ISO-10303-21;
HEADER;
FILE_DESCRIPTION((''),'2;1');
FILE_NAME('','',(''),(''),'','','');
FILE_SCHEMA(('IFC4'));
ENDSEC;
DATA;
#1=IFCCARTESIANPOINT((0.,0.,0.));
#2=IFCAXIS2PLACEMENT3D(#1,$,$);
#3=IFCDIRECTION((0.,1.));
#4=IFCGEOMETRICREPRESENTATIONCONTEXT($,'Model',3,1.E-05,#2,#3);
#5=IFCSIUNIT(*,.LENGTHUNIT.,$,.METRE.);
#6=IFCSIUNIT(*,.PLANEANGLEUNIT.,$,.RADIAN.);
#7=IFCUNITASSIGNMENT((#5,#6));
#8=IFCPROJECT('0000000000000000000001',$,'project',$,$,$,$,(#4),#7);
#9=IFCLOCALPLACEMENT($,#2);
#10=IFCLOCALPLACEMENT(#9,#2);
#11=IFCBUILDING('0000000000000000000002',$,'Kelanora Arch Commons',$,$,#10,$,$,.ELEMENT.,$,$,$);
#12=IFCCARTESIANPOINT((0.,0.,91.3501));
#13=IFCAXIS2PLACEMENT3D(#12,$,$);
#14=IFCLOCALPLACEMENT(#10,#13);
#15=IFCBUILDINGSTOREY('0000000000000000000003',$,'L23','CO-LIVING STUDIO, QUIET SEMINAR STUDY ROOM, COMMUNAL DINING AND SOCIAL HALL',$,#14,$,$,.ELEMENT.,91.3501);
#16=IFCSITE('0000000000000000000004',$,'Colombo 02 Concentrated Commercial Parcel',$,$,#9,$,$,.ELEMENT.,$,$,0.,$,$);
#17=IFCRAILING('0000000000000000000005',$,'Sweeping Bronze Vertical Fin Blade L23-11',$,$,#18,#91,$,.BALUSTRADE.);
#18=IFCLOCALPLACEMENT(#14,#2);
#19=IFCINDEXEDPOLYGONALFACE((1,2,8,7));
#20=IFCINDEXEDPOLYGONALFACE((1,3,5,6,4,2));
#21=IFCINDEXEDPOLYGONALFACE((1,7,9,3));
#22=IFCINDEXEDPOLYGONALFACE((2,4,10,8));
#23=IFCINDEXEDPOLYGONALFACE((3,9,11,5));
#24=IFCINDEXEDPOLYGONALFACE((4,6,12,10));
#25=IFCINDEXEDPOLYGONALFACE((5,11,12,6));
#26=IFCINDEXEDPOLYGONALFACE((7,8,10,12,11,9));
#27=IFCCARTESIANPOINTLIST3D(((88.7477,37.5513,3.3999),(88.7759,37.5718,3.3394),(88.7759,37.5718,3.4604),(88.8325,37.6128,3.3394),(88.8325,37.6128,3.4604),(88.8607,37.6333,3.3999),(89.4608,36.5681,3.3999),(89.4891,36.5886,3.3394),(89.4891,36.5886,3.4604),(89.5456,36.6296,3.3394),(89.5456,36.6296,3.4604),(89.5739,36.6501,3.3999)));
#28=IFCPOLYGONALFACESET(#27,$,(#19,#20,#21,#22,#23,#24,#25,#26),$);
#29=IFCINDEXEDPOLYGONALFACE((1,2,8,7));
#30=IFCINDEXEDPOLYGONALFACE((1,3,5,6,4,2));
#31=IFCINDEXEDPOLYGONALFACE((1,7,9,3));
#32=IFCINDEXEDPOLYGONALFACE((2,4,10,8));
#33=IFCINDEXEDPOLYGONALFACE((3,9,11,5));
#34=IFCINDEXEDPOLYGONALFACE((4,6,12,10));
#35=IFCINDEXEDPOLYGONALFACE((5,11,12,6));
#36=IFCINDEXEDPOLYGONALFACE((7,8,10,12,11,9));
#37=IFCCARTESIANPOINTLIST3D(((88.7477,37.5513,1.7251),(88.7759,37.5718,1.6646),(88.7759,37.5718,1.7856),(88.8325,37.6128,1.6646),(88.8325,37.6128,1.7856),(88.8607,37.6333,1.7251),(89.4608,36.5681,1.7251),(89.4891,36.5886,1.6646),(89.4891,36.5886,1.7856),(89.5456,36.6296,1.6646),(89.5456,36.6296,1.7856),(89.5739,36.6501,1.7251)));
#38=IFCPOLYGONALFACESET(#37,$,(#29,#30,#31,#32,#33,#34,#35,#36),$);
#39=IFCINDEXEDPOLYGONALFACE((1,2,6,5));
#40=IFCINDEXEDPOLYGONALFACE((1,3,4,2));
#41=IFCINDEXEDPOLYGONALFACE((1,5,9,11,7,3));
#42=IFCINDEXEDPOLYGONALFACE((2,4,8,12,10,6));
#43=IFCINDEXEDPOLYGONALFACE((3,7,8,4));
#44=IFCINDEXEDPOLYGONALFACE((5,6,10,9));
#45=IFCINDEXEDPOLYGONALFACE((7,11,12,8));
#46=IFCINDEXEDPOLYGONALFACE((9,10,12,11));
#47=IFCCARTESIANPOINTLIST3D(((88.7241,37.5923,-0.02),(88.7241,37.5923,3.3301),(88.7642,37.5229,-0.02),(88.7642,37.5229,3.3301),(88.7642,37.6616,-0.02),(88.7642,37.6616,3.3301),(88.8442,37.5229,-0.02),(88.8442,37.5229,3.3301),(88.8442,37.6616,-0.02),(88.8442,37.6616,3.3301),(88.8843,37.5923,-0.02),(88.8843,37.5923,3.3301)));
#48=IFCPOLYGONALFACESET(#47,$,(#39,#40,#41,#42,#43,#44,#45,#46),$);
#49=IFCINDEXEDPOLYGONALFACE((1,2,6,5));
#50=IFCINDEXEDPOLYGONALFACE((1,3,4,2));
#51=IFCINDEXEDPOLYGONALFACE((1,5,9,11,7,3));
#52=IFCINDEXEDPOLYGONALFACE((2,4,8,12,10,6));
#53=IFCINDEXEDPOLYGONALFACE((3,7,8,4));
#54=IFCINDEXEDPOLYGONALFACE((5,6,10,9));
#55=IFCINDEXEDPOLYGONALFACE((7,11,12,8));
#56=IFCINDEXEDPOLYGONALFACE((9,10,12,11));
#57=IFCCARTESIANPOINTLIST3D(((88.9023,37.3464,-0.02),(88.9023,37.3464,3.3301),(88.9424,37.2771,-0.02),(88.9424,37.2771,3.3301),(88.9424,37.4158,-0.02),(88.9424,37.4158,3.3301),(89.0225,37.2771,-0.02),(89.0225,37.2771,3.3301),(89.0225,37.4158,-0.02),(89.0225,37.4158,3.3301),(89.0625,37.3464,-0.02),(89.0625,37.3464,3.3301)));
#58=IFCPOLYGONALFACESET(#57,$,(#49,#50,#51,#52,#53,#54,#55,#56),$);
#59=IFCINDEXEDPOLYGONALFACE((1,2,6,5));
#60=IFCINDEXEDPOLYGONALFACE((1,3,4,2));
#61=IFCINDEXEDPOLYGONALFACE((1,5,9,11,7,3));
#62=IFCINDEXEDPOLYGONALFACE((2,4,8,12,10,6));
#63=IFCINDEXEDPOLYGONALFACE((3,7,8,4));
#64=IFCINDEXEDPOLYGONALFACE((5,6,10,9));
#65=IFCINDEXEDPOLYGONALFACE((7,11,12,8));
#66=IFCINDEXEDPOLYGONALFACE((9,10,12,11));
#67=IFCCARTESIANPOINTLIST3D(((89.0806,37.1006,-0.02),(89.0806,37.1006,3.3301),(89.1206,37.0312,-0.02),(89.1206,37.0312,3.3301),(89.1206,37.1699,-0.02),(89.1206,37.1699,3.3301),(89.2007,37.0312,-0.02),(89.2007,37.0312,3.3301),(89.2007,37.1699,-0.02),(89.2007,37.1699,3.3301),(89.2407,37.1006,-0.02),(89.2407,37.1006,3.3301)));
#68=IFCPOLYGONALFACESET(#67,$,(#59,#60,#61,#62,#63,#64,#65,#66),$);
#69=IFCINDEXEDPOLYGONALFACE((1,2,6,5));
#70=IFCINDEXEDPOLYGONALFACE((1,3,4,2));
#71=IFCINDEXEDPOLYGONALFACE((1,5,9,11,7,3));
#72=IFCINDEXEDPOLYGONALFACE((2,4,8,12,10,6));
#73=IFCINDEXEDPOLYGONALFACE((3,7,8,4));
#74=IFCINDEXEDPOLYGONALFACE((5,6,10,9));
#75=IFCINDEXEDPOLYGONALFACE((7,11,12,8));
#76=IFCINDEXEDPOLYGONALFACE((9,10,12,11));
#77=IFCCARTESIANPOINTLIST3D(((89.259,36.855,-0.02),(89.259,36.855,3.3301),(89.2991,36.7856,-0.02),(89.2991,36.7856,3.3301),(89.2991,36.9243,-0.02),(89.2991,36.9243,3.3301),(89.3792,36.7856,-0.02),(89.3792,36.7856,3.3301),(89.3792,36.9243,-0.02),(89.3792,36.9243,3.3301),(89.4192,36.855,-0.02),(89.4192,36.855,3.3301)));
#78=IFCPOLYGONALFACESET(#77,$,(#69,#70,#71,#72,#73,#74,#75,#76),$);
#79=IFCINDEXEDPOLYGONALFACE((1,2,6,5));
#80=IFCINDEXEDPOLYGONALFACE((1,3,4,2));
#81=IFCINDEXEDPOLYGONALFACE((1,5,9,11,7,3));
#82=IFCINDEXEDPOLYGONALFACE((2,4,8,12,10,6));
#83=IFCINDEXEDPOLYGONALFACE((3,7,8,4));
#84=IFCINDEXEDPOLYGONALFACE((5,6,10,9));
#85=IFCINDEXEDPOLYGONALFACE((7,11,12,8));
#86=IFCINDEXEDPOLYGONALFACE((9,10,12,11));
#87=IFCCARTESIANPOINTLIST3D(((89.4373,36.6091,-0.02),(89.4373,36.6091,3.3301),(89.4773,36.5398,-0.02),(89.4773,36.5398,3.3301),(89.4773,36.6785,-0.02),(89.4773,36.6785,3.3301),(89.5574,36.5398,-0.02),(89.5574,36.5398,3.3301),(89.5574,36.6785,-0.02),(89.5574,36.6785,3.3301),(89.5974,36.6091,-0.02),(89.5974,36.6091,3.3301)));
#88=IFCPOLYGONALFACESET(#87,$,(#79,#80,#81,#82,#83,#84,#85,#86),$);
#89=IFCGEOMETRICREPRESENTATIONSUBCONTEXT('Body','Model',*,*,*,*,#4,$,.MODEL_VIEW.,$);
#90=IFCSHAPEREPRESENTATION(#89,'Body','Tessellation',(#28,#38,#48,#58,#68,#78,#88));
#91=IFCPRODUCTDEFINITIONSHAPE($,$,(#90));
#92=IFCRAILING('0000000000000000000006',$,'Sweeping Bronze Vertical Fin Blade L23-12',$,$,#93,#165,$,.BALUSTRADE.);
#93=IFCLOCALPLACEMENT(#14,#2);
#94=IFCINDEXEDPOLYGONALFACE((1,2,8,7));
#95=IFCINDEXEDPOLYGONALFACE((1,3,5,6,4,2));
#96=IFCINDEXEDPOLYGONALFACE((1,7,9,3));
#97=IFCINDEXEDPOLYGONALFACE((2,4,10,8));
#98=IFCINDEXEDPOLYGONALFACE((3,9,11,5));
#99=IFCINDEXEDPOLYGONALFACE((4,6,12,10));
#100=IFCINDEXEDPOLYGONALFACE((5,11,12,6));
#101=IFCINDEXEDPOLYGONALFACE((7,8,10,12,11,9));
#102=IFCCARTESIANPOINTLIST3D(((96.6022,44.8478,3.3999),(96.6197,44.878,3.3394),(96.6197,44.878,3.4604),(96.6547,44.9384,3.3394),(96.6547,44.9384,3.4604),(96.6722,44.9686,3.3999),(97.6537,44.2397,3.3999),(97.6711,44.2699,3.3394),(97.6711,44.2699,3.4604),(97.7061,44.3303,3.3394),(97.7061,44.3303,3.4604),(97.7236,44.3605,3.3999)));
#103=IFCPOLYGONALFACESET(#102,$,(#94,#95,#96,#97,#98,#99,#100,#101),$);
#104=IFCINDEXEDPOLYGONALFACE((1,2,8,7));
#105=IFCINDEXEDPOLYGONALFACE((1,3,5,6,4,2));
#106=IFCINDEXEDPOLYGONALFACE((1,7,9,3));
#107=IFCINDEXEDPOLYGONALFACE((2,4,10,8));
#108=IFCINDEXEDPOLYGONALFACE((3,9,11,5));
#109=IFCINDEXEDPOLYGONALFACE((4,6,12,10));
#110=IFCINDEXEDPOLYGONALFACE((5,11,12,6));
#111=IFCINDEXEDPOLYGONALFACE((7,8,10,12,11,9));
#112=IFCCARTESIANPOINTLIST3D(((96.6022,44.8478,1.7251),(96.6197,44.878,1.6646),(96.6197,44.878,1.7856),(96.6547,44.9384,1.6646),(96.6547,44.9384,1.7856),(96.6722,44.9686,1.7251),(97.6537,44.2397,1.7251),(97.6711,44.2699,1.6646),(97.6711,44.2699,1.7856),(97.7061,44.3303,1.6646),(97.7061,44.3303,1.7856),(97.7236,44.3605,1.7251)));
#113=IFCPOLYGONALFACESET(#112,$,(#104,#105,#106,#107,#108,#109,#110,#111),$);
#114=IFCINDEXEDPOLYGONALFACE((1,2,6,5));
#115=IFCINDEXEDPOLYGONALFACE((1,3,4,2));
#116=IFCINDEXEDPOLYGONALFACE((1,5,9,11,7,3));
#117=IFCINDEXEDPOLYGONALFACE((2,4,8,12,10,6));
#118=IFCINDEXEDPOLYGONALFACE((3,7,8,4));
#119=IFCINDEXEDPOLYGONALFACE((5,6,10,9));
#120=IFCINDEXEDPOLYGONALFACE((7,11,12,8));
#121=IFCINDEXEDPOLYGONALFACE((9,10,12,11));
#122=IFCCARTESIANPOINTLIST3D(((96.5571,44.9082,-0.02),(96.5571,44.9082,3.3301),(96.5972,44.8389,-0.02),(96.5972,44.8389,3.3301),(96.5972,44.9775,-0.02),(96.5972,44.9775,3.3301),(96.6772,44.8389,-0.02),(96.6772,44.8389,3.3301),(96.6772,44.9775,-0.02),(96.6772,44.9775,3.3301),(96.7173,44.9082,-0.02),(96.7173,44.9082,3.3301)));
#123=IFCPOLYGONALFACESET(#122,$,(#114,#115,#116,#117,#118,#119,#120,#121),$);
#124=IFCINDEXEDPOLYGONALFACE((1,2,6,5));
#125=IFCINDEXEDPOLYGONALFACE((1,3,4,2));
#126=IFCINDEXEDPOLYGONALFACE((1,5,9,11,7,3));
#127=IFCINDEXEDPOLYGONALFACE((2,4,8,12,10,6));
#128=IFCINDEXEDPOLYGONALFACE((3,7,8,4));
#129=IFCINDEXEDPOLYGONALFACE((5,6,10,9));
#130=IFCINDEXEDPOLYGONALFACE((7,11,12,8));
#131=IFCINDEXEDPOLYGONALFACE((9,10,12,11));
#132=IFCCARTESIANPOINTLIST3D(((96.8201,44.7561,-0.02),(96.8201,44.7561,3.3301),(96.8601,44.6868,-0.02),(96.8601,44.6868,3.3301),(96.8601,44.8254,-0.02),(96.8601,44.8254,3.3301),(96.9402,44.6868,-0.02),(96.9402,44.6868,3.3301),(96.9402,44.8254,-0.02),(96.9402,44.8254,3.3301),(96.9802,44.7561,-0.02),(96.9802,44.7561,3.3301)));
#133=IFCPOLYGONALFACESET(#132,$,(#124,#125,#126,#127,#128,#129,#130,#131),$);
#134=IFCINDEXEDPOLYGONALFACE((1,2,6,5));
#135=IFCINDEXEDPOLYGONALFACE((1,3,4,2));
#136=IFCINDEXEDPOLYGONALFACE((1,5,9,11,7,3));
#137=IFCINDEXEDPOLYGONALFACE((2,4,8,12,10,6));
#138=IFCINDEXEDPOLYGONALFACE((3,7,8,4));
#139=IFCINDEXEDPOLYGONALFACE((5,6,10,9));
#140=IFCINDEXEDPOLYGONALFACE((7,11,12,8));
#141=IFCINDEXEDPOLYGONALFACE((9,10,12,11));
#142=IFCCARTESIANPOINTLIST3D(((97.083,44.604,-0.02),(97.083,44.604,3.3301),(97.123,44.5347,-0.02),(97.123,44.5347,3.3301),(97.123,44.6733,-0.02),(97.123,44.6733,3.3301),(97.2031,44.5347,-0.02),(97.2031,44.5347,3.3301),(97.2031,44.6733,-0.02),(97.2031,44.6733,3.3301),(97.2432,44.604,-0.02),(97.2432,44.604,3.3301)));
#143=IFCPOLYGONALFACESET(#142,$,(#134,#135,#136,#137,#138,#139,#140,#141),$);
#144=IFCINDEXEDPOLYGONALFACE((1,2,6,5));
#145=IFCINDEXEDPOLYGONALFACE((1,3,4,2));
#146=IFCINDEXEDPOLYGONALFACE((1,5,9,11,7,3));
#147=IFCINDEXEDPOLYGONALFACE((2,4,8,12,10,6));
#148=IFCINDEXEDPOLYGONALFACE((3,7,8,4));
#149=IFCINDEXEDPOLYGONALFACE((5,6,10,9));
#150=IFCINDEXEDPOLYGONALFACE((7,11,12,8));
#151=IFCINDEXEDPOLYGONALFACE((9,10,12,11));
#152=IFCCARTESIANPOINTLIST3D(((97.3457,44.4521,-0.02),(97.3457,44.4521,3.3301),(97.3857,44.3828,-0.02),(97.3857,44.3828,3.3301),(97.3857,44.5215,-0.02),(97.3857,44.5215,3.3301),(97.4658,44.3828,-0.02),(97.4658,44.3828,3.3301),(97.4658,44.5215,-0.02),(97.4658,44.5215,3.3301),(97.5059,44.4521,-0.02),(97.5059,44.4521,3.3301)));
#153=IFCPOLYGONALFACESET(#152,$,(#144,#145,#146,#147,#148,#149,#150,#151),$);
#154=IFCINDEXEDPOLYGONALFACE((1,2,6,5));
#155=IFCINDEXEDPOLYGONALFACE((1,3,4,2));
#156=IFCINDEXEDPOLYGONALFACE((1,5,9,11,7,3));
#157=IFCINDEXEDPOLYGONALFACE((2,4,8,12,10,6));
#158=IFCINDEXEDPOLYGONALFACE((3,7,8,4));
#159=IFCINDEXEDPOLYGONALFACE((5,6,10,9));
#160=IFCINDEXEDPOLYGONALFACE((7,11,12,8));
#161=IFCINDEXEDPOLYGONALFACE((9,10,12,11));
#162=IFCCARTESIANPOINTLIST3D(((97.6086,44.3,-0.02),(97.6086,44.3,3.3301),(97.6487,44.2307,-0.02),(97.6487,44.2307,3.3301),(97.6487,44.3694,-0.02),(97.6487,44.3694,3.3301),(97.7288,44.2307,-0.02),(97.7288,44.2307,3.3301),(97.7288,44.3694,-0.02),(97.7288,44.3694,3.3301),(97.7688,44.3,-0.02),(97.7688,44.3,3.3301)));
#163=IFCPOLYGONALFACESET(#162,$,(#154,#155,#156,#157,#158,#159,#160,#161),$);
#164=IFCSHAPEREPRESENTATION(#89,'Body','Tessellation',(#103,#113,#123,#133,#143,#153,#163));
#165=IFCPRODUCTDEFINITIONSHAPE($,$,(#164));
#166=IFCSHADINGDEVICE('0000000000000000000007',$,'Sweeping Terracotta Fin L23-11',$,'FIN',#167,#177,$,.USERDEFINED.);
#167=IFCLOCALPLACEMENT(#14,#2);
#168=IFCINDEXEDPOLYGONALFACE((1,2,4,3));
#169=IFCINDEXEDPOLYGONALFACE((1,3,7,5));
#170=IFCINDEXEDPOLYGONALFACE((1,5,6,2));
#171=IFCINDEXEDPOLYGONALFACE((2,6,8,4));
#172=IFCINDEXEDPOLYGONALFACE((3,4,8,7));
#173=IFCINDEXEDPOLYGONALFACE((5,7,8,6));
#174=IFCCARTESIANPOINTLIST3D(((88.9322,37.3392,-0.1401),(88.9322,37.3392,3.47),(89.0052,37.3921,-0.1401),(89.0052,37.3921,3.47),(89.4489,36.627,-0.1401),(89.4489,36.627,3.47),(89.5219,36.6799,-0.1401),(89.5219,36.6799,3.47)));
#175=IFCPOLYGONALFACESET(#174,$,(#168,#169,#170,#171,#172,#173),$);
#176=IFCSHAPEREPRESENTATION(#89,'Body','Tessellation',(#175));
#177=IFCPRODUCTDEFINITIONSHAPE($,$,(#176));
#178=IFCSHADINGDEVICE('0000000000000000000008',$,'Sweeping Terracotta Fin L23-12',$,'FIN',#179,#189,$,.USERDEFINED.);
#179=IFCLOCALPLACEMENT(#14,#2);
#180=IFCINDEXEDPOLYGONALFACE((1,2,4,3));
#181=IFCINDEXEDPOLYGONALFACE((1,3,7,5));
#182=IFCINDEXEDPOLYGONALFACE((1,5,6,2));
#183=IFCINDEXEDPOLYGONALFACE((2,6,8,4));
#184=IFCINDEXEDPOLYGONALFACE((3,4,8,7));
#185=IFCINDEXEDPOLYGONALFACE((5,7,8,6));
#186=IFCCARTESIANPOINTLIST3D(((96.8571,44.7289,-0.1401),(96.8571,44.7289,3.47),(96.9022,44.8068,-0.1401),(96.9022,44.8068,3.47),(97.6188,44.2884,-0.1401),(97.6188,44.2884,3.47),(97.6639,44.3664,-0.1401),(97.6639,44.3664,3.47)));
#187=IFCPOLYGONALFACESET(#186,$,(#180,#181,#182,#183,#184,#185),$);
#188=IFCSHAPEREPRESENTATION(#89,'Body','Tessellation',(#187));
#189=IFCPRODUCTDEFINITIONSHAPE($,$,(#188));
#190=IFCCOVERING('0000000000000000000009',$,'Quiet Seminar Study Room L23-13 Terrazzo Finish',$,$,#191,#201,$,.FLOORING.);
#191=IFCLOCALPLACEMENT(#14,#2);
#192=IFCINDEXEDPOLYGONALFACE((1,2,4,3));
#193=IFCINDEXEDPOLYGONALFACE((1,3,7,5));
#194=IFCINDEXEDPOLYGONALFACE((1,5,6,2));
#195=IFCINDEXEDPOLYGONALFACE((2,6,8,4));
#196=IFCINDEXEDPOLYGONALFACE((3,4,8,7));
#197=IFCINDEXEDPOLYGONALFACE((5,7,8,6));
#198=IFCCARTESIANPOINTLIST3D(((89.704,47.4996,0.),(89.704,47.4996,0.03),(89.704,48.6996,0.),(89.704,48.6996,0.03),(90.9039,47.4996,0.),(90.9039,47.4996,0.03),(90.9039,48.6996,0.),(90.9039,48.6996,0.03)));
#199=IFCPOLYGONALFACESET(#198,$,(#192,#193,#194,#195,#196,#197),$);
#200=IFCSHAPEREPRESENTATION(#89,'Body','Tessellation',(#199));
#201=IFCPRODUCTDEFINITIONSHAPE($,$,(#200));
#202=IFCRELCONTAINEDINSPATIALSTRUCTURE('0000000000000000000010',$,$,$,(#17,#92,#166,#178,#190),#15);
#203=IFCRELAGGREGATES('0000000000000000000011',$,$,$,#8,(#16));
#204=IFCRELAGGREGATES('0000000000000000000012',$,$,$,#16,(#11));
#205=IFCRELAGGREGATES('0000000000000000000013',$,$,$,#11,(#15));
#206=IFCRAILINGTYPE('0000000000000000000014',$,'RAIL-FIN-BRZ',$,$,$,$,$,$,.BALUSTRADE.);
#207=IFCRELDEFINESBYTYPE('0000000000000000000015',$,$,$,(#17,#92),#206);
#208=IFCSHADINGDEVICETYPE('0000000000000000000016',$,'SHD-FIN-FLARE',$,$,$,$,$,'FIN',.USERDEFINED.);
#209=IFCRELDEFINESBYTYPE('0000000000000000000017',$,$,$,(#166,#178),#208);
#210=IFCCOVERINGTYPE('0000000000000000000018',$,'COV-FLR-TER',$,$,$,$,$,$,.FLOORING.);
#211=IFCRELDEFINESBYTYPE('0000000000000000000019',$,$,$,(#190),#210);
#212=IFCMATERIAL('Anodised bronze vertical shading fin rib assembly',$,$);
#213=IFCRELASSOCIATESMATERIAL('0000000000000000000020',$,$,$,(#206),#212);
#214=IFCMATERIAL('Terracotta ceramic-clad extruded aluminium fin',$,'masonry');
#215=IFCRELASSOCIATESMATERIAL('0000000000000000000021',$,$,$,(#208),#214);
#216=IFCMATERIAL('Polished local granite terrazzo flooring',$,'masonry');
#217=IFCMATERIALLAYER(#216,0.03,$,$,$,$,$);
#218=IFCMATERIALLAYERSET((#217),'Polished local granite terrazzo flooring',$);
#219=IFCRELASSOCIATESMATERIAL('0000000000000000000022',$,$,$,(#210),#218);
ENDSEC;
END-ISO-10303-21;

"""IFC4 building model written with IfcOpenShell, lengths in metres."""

from ifc_helpers import new_model, si_unit, direction, frame, origin, origin_2d, place, context, subcontext, project, spatial, polyline, rectangle, outline, extrude, source, transform, mapped, material, layer, layer_set, type_object, element, save


model = new_model("IFC4")

# Units and contexts
model_context = context("Model", 3, precision=1e-05, world=origin(), true_north=direction((0.0, 1.0)))
body_context = subcontext(model_context, "Body", "Model", "MODEL_VIEW")
ifc_project = project(units=[si_unit("LENGTHUNIT", "METRE"), si_unit("PLANEANGLEUNIT", "RADIAN")], contexts=[model_context])

# Site, building, storey
site_placement = place(None, origin())
site = spatial("IfcSite", under=ifc_project, at=site_placement, Name="Colombo 02 Concentrated Commercial Parcel", CompositionType="ELEMENT", RefElevation=0.0)
building_placement = place(site_placement, origin())
building = spatial("IfcBuilding", under=site, at=building_placement, Name="Kelanora Arch Commons", CompositionType="ELEMENT")
storey_placement = place(building_placement, frame((0.0, 0.0, 91.3501)))
storey = spatial("IfcBuildingStorey", under=building, at=storey_placement, Name="L23", Description="CO-LIVING STUDIO, QUIET SEMINAR STUDY ROOM, COMMUNAL DINING AND SOCIAL HALL", CompositionType="ELEMENT", Elevation=91.3501)

# Railings
ifc_material_1 = material(Name="Anodised bronze vertical shading fin rib assembly")
railing_type = type_object("IfcRailingType", Name="RAIL-FIN-BRZ", PredefinedType="BALUSTRADE", material=ifc_material_1)
railing_1_placement = place(storey_placement, frame((88.8042, 37.5923, -0.02)))
element("IfcRailing", 1, at=railing_1_placement, inside=storey, type_object=railing_type, Name="Sweeping Bronze Vertical Fin Blade L23-11", PredefinedType="BALUSTRADE", context=body_context, shape_type="SweptSolid", body=[
    extrude(outline(polyline([(0.0698, 0.0), (0.0349, 0.0605), (-0.0349, 0.0605), (-0.0698, 0.0), (-0.0349, -0.0605), (0.0349, -0.0605), (0.0698, 0.0)])), frame((0.0, 0.0, 3.4199), z_axis=(0.587155, -0.809474, 0.0), x_axis=(0.809474, 0.587155, 0.0)), (0.0, 0.0, 1.0), 1.2146),
    extrude(outline(polyline([(0.0698, 0.0), (0.0349, 0.0605), (-0.0349, 0.0605), (-0.0698, 0.0), (-0.0349, -0.0605), (0.0349, -0.0605), (0.0698, 0.0)])), frame((0.0, 0.0, 1.7451), z_axis=(0.587155, -0.809474, 0.0), x_axis=(0.809474, 0.587155, 0.0)), (0.0, 0.0, 1.0), 1.2146),
    extrude(outline(polyline([(0.0801, 0.0), (0.04, 0.0693), (-0.04, 0.0693), (-0.0801, 0.0), (-0.04, -0.0693), (0.04, -0.0693), (0.0801, 0.0)])), origin(), (0.0, 0.0, 1.0), 3.3501),
    extrude(outline(polyline([(0.0801, 0.0), (0.04, 0.0693), (-0.04, 0.0693), (-0.0801, 0.0), (-0.04, -0.0693), (0.04, -0.0693), (0.0801, 0.0)])), frame((0.1782, -0.2458, 0.0)), (0.0, 0.0, 1.0), 3.3501),
    extrude(outline(polyline([(0.0801, 0.0), (0.04, 0.0693), (-0.04, 0.0693), (-0.0801, 0.0), (-0.04, -0.0693), (0.04, -0.0693), (0.0801, 0.0)])), frame((0.3564, -0.4917, 0.0)), (0.0, 0.0, 1.0), 3.3501),
    extrude(outline(polyline([(0.0801, 0.0), (0.04, 0.0693), (-0.04, 0.0693), (-0.0801, 0.0), (-0.04, -0.0693), (0.04, -0.0693), (0.0801, 0.0)])), frame((0.5349, -0.7373, 0.0)), (0.0, 0.0, 1.0), 3.3501),
    extrude(outline(polyline([(0.0801, 0.0), (0.04, 0.0693), (-0.04, 0.0693), (-0.0801, 0.0), (-0.04, -0.0693), (0.04, -0.0693), (0.0801, 0.0)])), frame((0.7131, -0.9832, 0.0)), (0.0, 0.0, 1.0), 3.3501),
])
railing_2_placement = place(storey_placement, frame((96.6372, 44.9082, -0.02)))
element("IfcRailing", 2, at=railing_2_placement, inside=storey, type_object=railing_type, Name="Sweeping Bronze Vertical Fin Blade L23-12", PredefinedType="BALUSTRADE", context=body_context, shape_type="SweptSolid", body=[
    extrude(outline(polyline([(0.0698, 0.0), (0.0349, 0.0605), (-0.0349, 0.0605), (-0.0698, 0.0), (-0.0349, -0.0605), (0.0349, -0.0605), (0.0698, 0.0)])), frame((0.0, 0.0, 3.4199), z_axis=(0.865646, -0.500656, 0.0), x_axis=(0.500656, 0.865646, 0.0)), (0.0, 0.0, 1.0), 1.2146),
    extrude(outline(polyline([(0.0698, 0.0), (0.0349, 0.0605), (-0.0349, 0.0605), (-0.0698, 0.0), (-0.0349, -0.0605), (0.0349, -0.0605), (0.0698, 0.0)])), frame((0.0, 0.0, 1.7451), z_axis=(0.865646, -0.500656, 0.0), x_axis=(0.500656, 0.865646, 0.0)), (0.0, 0.0, 1.0), 1.2146),
    extrude(outline(polyline([(0.0801, 0.0), (0.04, 0.0693), (-0.04, 0.0693), (-0.0801, 0.0), (-0.04, -0.0693), (0.04, -0.0693), (0.0801, 0.0)])), origin(), (0.0, 0.0, 1.0), 3.3501),
    extrude(outline(polyline([(0.0801, 0.0), (0.04, 0.0693), (-0.04, 0.0693), (-0.0801, 0.0), (-0.04, -0.0693), (0.04, -0.0693), (0.0801, 0.0)])), frame((0.2629, -0.1521, 0.0)), (0.0, 0.0, 1.0), 3.3501),
    extrude(outline(polyline([(0.0801, 0.0), (0.04, 0.0693), (-0.04, 0.0693), (-0.0801, 0.0), (-0.04, -0.0693), (0.04, -0.0693), (0.0801, 0.0)])), frame((0.5259, -0.3042, 0.0)), (0.0, 0.0, 1.0), 3.3501),
    extrude(outline(polyline([(0.0801, 0.0), (0.04, 0.0693), (-0.04, 0.0693), (-0.0801, 0.0), (-0.04, -0.0693), (0.04, -0.0693), (0.0801, 0.0)])), frame((0.7886, -0.4561, 0.0)), (0.0, 0.0, 1.0), 3.3501),
    extrude(outline(polyline([(0.0801, 0.0), (0.04, 0.0693), (-0.04, 0.0693), (-0.0801, 0.0), (-0.04, -0.0693), (0.04, -0.0693), (0.0801, 0.0)])), frame((1.0515, -0.6082, 0.0)), (0.0, 0.0, 1.0), 3.3501),
])

# Shading devices
ifc_material_2 = material(Name="Terracotta ceramic-clad extruded aluminium fin", Category="masonry")
shading_device_type = type_object("IfcShadingDeviceType", Name="SHD-FIN-FLARE", ElementType="FIN", PredefinedType="USERDEFINED", material=ifc_material_2)
shared_shape_1 = source(origin(), body_context, "Body", "SweptSolid", [
    extrude(rectangle(XDim=0.8799, YDim=0.0901, at=origin_2d()), origin(), (0.0, 0.0, 1.0), 3.6101),
])
for number, where, z_axis, x_axis, name in (
    (3, (89.2271, 37.0095, -0.1401), (0.0, 0.0, 1.0), (0.58722, -0.809427, 0.0), "Sweeping Terracotta Fin L23-11"),
    (4, (97.2605, 44.5476, -0.1401), (0.0, 0.0, 1.0), (0.865676, -0.500604, 0.0), "Sweeping Terracotta Fin L23-12"),
):
    element("IfcShadingDevice", number, at=place(storey_placement, frame(where, z_axis=z_axis, x_axis=x_axis)), inside=storey, type_object=shading_device_type, Name=name, ObjectType="FIN", PredefinedType="USERDEFINED", context=body_context, shape_type="MappedRepresentation", body=[
        mapped(shared_shape_1, transform((0.0, 0.0, 0.0), scale=1.0)),
    ])

# Covering
ifc_material_3 = material(Name="Polished local granite terrazzo flooring", Category="masonry")
ifc_layer_1 = layer(ifc_material_3, 0.03)
ifc_layer_set_1 = layer_set([ifc_layer_1], Name="Polished local granite terrazzo flooring")
covering_type = type_object("IfcCoveringType", Name="COV-FLR-TER", PredefinedType="FLOORING", material=ifc_layer_set_1)
shared_shape_2 = source(origin(), body_context, "Body", "SweptSolid", [
    extrude(rectangle(XDim=1.2, YDim=1.2, at=origin_2d()), origin(), (0.0, 0.0, 1.0), 0.03),
])
covering_placement = place(storey_placement, frame((90.304, 48.0996, 0.0), z_axis=(0.0, 0.0, 1.0), x_axis=(1.0, 0.0, 0.0)))
element("IfcCovering", 5, at=covering_placement, inside=storey, type_object=covering_type, Name="Quiet Seminar Study Room L23-13 Terrazzo Finish", PredefinedType="FLOORING", context=body_context, shape_type="MappedRepresentation", body=[
    mapped(shared_shape_2, transform((0.0, 0.0, 0.0), scale=1.0)),
])

save(model, "model.ifc")
